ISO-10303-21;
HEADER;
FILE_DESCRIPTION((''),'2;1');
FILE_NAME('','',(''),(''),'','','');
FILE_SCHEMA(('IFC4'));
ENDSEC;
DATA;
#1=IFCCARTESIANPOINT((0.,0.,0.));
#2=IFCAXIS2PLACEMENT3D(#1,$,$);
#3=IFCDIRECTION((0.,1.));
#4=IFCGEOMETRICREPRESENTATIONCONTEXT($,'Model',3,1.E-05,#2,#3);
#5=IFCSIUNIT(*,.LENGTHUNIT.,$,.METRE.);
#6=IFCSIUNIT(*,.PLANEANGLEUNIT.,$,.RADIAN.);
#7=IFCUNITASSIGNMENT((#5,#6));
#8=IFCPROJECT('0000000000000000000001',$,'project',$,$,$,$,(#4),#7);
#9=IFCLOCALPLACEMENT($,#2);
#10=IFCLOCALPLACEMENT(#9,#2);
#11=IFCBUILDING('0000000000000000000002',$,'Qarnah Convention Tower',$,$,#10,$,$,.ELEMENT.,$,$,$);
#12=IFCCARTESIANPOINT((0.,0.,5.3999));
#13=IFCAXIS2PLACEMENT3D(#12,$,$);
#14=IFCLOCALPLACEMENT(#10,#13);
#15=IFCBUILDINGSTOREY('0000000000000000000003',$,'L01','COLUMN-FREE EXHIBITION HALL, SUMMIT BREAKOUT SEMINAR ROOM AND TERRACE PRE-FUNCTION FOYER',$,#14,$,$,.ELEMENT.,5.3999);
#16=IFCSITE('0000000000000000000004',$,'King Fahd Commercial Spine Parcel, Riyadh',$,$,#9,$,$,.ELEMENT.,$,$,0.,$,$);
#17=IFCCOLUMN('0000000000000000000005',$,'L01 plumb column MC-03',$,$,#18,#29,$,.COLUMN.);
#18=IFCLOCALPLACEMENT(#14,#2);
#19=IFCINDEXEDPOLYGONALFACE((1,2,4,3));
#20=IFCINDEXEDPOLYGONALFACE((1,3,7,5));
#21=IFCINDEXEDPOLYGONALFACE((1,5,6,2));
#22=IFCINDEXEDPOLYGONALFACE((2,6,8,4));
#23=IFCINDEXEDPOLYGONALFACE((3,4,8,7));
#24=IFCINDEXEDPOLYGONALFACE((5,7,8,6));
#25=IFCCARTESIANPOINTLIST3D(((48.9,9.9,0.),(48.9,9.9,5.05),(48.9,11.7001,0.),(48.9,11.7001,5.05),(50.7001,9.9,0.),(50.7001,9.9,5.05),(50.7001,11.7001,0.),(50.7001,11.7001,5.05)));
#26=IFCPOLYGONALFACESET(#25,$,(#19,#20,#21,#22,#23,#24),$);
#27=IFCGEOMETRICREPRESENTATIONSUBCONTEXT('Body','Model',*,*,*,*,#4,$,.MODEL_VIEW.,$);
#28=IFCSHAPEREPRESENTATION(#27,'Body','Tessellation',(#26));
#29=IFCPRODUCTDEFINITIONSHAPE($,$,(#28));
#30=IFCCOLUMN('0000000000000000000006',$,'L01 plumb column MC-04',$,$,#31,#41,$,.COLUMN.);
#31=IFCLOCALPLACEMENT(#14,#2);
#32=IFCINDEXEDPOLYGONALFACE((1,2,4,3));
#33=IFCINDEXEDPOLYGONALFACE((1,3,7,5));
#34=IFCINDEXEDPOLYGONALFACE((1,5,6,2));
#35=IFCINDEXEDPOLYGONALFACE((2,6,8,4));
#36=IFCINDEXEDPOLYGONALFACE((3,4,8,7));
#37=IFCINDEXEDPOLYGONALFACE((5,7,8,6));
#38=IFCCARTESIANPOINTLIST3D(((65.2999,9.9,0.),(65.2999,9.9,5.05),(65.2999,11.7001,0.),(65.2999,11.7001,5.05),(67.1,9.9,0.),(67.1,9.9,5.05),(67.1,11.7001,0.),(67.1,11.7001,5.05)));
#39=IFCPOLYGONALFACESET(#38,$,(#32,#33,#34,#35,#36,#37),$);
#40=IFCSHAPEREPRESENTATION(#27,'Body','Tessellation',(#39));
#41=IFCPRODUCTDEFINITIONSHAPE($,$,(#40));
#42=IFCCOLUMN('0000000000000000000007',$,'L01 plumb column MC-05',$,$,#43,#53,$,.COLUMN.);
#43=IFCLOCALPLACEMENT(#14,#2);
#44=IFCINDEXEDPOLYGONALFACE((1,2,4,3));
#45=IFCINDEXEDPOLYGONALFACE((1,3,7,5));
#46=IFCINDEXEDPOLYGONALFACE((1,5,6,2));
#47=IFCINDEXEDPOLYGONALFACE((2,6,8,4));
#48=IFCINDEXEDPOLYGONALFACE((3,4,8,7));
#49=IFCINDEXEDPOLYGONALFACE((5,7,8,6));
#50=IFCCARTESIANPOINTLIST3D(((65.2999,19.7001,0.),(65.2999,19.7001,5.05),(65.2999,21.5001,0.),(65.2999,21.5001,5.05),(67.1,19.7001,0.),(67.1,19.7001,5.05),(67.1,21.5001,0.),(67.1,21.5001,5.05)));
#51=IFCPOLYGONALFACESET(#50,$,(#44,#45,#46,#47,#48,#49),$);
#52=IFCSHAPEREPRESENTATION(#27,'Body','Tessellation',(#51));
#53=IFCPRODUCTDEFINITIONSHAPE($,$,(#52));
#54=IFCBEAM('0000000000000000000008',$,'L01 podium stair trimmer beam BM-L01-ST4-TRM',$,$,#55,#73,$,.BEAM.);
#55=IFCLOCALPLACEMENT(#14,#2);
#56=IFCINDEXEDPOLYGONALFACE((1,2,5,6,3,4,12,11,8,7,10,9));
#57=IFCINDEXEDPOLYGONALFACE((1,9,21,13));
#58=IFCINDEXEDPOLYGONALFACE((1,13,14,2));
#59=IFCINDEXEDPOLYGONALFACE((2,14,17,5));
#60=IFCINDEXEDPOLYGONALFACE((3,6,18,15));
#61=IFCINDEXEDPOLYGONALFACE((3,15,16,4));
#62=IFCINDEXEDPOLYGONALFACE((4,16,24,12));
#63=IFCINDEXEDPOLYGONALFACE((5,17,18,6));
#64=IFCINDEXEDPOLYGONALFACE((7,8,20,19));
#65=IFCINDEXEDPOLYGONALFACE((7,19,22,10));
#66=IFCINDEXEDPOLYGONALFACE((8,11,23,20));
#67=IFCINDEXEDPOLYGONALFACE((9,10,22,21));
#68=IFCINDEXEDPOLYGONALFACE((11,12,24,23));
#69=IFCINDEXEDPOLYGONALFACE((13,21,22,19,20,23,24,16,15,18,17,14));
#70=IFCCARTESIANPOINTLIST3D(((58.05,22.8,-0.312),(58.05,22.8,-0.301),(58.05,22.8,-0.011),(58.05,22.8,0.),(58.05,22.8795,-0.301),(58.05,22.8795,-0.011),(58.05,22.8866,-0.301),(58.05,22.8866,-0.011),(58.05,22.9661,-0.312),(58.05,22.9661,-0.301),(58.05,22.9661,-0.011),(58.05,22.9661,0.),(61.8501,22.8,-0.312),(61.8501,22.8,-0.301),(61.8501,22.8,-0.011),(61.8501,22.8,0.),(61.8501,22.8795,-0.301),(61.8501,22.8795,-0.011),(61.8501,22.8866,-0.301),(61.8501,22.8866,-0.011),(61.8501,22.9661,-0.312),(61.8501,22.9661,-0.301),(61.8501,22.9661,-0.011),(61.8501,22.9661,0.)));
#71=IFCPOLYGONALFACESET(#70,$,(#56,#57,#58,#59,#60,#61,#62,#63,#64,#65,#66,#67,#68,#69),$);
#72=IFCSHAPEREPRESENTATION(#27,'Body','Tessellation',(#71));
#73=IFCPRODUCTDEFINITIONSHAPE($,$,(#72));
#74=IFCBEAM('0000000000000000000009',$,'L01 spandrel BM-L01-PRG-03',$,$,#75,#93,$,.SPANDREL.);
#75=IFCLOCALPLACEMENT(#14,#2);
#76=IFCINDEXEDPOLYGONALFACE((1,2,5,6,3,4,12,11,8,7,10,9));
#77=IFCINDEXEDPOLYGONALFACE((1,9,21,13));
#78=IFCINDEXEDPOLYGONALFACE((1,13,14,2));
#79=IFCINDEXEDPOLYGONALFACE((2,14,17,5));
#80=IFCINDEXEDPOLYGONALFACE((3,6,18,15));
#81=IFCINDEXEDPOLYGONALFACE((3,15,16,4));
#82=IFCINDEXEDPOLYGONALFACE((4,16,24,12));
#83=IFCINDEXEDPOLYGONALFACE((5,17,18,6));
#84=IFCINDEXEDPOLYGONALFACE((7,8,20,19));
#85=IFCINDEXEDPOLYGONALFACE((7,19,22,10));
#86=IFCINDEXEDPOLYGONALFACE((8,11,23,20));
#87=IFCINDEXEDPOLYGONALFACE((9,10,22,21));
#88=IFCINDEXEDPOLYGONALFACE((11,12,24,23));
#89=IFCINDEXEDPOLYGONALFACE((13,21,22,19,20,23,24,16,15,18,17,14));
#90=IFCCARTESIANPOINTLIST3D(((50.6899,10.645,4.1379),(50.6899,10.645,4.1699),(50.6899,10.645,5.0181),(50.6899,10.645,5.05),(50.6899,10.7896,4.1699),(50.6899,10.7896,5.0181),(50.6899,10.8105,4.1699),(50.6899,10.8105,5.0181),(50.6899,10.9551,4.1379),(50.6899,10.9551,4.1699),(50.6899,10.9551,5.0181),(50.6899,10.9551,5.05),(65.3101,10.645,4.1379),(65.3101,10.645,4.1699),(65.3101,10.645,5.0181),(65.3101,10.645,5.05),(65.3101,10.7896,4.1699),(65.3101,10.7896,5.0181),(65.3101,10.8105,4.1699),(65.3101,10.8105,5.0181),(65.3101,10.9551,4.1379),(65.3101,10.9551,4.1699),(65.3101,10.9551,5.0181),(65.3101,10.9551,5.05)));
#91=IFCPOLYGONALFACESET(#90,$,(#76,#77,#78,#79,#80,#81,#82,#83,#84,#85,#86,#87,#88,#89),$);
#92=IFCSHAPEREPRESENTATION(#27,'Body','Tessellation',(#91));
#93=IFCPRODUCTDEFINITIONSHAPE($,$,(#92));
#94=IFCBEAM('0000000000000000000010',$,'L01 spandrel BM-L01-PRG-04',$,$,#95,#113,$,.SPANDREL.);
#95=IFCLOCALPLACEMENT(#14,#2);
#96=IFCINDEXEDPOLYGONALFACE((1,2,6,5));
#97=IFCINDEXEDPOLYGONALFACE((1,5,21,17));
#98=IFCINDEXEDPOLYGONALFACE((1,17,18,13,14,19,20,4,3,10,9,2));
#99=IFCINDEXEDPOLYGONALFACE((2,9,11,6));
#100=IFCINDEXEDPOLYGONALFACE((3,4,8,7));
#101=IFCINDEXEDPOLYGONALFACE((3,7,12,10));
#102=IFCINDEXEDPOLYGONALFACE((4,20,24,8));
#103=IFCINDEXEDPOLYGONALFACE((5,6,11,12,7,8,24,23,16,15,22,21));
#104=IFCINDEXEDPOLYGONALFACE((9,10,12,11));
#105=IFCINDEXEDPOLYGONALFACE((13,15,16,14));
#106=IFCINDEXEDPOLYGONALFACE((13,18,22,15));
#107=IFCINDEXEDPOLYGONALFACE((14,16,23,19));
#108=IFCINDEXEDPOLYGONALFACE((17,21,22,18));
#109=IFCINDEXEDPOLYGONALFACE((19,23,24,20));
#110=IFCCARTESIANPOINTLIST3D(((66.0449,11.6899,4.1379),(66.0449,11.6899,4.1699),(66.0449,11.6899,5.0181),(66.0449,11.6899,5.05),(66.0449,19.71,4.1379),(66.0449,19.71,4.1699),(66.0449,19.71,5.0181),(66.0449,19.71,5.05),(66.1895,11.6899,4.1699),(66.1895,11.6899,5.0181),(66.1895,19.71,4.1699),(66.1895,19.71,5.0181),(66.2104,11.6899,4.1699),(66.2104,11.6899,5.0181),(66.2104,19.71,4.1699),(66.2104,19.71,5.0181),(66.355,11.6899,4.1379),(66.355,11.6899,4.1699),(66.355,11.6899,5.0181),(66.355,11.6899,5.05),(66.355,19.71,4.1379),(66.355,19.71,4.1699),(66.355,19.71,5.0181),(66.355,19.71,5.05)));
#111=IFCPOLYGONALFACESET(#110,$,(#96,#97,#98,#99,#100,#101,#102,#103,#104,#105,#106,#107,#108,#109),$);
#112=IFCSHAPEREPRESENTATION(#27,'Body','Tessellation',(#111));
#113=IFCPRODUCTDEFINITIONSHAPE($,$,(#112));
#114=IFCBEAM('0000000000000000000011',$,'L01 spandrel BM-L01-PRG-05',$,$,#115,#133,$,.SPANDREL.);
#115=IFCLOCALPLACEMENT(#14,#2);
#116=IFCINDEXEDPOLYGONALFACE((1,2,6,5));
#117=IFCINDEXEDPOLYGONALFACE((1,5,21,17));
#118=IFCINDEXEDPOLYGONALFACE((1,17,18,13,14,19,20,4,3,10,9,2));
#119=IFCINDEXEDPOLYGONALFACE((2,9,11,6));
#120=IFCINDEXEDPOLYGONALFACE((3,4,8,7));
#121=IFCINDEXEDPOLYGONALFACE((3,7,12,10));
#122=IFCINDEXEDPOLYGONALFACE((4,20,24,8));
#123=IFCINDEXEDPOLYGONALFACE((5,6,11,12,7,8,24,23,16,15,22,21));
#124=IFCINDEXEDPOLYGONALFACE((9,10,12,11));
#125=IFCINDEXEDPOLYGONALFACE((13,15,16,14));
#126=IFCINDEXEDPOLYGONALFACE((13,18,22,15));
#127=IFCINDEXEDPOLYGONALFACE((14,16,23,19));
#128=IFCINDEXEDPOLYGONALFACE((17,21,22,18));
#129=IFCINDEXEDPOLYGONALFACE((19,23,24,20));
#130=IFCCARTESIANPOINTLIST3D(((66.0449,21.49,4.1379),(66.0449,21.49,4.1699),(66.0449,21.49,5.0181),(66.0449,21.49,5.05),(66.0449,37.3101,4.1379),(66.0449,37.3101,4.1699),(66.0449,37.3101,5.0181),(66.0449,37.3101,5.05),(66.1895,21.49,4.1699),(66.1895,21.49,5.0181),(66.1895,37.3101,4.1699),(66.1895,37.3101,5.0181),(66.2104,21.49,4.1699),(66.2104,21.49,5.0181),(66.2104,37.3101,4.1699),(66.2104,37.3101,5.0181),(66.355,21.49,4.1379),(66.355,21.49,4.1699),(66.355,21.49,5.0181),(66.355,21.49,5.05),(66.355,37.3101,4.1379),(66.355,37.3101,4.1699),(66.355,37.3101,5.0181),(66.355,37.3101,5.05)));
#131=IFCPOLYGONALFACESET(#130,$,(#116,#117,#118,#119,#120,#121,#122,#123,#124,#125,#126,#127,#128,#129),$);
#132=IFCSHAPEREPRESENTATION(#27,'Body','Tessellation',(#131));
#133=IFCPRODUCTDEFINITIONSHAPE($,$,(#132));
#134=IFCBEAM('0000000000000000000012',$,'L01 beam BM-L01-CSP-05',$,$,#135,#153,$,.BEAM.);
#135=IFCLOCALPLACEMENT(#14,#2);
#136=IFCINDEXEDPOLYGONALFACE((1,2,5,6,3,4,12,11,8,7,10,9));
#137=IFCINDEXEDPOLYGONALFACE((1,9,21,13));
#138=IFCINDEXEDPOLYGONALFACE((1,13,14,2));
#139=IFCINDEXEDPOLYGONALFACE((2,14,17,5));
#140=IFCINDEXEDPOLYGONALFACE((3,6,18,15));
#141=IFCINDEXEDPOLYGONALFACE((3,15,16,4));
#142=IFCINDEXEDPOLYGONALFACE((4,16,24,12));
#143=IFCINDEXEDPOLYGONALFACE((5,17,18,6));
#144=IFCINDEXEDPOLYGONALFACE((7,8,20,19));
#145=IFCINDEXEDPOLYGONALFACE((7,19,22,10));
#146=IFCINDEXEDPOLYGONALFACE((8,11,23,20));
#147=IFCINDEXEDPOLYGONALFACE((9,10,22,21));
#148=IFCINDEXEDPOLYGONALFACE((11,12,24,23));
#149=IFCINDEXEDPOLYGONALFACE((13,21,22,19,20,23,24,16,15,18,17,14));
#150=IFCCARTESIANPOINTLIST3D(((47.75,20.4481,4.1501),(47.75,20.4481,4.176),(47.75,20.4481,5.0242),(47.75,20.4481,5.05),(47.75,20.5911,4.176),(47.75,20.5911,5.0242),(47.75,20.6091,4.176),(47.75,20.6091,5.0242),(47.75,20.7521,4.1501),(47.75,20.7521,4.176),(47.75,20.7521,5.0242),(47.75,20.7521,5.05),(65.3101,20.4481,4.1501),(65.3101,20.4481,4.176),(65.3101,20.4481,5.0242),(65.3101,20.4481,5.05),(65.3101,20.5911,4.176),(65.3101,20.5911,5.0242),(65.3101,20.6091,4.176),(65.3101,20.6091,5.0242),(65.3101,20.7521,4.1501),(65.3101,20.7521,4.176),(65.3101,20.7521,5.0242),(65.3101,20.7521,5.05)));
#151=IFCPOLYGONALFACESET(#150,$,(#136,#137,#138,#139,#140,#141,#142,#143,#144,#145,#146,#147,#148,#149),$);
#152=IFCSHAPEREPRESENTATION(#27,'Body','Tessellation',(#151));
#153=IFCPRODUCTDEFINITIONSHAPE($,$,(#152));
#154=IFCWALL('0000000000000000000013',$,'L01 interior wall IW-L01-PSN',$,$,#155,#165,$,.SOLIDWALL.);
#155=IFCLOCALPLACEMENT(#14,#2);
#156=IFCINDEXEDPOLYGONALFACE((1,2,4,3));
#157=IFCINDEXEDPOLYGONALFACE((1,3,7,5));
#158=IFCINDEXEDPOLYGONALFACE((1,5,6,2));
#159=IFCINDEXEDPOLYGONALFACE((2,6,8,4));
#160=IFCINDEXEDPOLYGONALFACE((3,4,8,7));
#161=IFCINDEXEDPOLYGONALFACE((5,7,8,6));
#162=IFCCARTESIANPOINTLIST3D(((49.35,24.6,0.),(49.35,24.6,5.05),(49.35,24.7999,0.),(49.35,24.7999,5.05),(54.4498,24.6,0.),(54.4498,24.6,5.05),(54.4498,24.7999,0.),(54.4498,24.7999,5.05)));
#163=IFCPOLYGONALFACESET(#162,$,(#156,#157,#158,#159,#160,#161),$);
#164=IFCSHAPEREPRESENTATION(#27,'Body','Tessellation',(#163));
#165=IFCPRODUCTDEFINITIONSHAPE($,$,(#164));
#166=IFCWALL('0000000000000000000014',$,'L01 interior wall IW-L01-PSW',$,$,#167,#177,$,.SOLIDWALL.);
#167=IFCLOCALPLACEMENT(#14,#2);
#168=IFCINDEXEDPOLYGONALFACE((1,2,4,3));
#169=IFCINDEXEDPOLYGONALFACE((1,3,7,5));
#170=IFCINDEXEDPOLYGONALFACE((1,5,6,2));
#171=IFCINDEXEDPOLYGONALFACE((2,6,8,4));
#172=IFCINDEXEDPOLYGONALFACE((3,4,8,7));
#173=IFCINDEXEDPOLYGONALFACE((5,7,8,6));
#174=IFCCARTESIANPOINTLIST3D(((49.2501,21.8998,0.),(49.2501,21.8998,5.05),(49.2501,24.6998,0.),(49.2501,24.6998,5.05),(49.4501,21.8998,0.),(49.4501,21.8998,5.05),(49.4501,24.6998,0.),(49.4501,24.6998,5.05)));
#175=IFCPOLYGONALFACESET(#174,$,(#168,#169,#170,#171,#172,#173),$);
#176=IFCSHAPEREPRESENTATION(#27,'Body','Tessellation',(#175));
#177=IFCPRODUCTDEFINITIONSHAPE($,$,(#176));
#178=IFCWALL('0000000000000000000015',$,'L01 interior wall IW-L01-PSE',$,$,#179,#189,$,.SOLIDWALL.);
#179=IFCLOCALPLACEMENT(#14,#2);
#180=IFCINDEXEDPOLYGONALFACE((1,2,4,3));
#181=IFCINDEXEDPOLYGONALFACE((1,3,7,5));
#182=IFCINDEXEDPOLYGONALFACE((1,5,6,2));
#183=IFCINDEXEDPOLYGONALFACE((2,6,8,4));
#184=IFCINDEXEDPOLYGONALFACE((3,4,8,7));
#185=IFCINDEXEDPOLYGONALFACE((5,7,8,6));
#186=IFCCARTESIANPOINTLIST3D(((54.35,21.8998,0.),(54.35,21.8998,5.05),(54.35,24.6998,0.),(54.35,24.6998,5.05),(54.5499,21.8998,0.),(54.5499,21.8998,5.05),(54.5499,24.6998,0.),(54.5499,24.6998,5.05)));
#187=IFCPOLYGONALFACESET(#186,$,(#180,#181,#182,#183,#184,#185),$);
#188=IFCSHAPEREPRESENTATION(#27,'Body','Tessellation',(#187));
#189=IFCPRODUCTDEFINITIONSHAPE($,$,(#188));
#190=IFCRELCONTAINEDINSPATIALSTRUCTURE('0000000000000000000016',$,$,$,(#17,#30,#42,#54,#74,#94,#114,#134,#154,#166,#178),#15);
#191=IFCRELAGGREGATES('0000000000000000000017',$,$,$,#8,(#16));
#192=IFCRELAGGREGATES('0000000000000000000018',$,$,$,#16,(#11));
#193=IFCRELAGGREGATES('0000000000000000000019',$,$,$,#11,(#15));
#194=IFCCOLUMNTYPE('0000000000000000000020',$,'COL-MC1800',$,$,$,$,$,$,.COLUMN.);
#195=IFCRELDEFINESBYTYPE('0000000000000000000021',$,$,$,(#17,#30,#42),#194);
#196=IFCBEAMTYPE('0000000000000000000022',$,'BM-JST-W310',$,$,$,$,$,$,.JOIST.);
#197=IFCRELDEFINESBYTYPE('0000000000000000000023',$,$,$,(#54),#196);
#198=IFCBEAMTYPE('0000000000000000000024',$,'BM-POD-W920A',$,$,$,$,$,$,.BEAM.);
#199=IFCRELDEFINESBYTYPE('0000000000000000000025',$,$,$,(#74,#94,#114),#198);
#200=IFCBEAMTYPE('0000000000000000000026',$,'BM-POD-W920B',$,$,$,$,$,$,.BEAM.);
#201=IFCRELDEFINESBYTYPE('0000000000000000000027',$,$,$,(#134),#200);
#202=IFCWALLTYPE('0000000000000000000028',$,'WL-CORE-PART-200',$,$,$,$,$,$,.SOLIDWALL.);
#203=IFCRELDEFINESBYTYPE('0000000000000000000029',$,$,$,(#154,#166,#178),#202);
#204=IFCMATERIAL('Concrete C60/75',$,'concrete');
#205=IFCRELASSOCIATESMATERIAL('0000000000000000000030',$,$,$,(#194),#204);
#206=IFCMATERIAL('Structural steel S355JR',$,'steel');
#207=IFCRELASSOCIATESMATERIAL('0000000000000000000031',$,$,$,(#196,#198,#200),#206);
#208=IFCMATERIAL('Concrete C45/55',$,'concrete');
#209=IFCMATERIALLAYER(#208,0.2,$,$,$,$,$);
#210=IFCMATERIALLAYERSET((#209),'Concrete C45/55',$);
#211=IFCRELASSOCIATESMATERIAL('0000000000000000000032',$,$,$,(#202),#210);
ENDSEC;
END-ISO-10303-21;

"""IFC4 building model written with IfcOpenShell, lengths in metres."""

from ifc_helpers import new_model, si_unit, direction, frame, frame_2d, origin, origin_2d, place, context, subcontext, project, spatial, rectangle, i_section, extrude, material, layer, layer_set, material_profile, profile_set, type_object, element, save


model = new_model("IFC4")

# Units and contexts
model_context = context("Model", 3, precision=1e-05, world=origin(), true_north=direction((0.0, 1.0)))
body_context = subcontext(model_context, "Body", "Model", "MODEL_VIEW")
ifc_project = project(units=[si_unit("LENGTHUNIT", "METRE"), si_unit("PLANEANGLEUNIT", "RADIAN")], contexts=[model_context])

# Site, building, storey
site_placement = place(None, origin())
site = spatial("IfcSite", under=ifc_project, at=site_placement, Name="King Fahd Commercial Spine Parcel, Riyadh", CompositionType="ELEMENT", RefElevation=0.0)
building_placement = place(site_placement, origin())
building = spatial("IfcBuilding", under=site, at=building_placement, Name="Qarnah Convention Tower", CompositionType="ELEMENT")
storey_placement = place(building_placement, frame((0.0, 0.0, 5.3999)))
storey = spatial("IfcBuildingStorey", under=building, at=storey_placement, Name="L01", Description="COLUMN-FREE EXHIBITION HALL, SUMMIT BREAKOUT SEMINAR ROOM AND TERRACE PRE-FUNCTION FOYER", CompositionType="ELEMENT", Elevation=5.3999)

# Columns
ifc_material_1 = material(Name="Concrete C60/75", Category="concrete")
ifc_material_profile_1 = material_profile(ifc_material_1, rectangle(XDim=1.8, YDim=1.8, at=origin_2d()), Name="RC-COL-1800X1800")
ifc_profile_set_1 = profile_set([ifc_material_profile_1], Name="Concrete C60/75")
column_type = type_object("IfcColumnType", Name="COL-MC1800", PredefinedType="COLUMN", material=ifc_profile_set_1)
for number, where, z_axis, x_axis, name in (
    (1, (49.8, 10.8, 0.0), (0.0, 0.0, 1.0), (1.0, 0.0, 0.0), "L01 plumb column MC-03"),
    (2, (66.2, 10.8, 0.0), (0.0, 0.0, 1.0), (1.0, 0.0, 0.0), "L01 plumb column MC-04"),
    (3, (66.2, 20.6001, 0.0), (0.0, 0.0, 1.0), (1.0, 0.0, 0.0), "L01 plumb column MC-05"),
):
    element("IfcColumn", number, at=place(storey_placement, frame(where, z_axis=z_axis, x_axis=x_axis)), inside=storey, type_object=column_type, Name=name, PredefinedType="COLUMN", context=body_context, shape_type="SweptSolid", body=[
        extrude(rectangle(XDim=1.8, YDim=1.8, at=origin_2d()), origin(), (0.0, 0.0, 1.0), 5.05),
    ])

# Beams
ifc_material_2 = material(Name="Structural steel S355JR", Category="steel")
ifc_material_profile_2 = material_profile(ifc_material_2, i_section(OverallWidth=0.166, OverallDepth=0.312, WebThickness=0.0071, FlangeThickness=0.011, at=origin_2d()), Name="W310X45")
ifc_profile_set_2 = profile_set([ifc_material_profile_2], Name="Structural steel S355JR")
beam_type_1 = type_object("IfcBeamType", Name="BM-JST-W310", PredefinedType="JOIST", material=ifc_profile_set_2)
beam_1_placement = place(storey_placement, frame((58.05, 22.8831, -0.156), z_axis=(1.0, 0.0, 0.0), x_axis=(0.0, 1.0, 0.0)))
element("IfcBeam", 4, at=beam_1_placement, inside=storey, type_object=beam_type_1, Name="L01 podium stair trimmer beam BM-L01-ST4-TRM", PredefinedType="BEAM", context=body_context, shape_type="SweptSolid", body=[
    extrude(i_section(OverallWidth=0.166, OverallDepth=0.312, WebThickness=0.0071, FlangeThickness=0.011, at=origin_2d()), origin(), (0.0, 0.0, 1.0), 3.8),
])
ifc_material_profile_3 = material_profile(ifc_material_2, i_section(OverallWidth=0.3101, OverallDepth=0.9121, WebThickness=0.021, FlangeThickness=0.032, at=origin_2d()), Name="W920X342")
ifc_profile_set_3 = profile_set([ifc_material_profile_3], Name="Structural steel S355JR")
beam_type_2 = type_object("IfcBeamType", Name="BM-POD-W920A", PredefinedType="BEAM", material=ifc_profile_set_3)
beam_2_placement = place(storey_placement, frame((50.6899, 10.8, 4.594), z_axis=(1.0, 0.0, 0.0), x_axis=(0.0, 1.0, 0.0)))
element("IfcBeam", 5, at=beam_2_placement, inside=storey, type_object=beam_type_2, Name="L01 spandrel BM-L01-PRG-03", PredefinedType="SPANDREL", context=body_context, shape_type="SweptSolid", body=[
    extrude(i_section(OverallWidth=0.3101, OverallDepth=0.9121, WebThickness=0.021, FlangeThickness=0.032, at=origin_2d()), origin(), (0.0, 0.0, 1.0), 14.6201),
])
beam_3_placement = place(storey_placement, frame((66.2, 11.6899, 4.594), z_axis=(0.0, 1.0, 0.0), x_axis=(-1.0, 0.0, 0.0)))
element("IfcBeam", 6, at=beam_3_placement, inside=storey, type_object=beam_type_2, Name="L01 spandrel BM-L01-PRG-04", PredefinedType="SPANDREL", context=body_context, shape_type="SweptSolid", body=[
    extrude(i_section(OverallWidth=0.3101, OverallDepth=0.9121, WebThickness=0.021, FlangeThickness=0.032, at=origin_2d()), origin(), (0.0, 0.0, 1.0), 8.02),
])
beam_4_placement = place(storey_placement, frame((66.2, 21.49, 4.594), z_axis=(0.0, 1.0, 0.0), x_axis=(-1.0, 0.0, 0.0)))
element("IfcBeam", 7, at=beam_4_placement, inside=storey, type_object=beam_type_2, Name="L01 spandrel BM-L01-PRG-05", PredefinedType="SPANDREL", context=body_context, shape_type="SweptSolid", body=[
    extrude(i_section(OverallWidth=0.3101, OverallDepth=0.9121, WebThickness=0.021, FlangeThickness=0.032, at=origin_2d()), origin(), (0.0, 0.0, 1.0), 15.8201),
])
ifc_material_profile_4 = material_profile(ifc_material_2, i_section(OverallWidth=0.304, OverallDepth=0.8999, WebThickness=0.0181, FlangeThickness=0.0259, at=origin_2d()), Name="W920X271")
ifc_profile_set_4 = profile_set([ifc_material_profile_4], Name="Structural steel S355JR")
beam_type_3 = type_object("IfcBeamType", Name="BM-POD-W920B", PredefinedType="BEAM", material=ifc_profile_set_4)
beam_5_placement = place(storey_placement, frame((65.3101, 20.6001, 4.6001), z_axis=(-1.0, 0.0, 0.0), x_axis=(0.0, -1.0, 0.0)))
element("IfcBeam", 8, at=beam_5_placement, inside=storey, type_object=beam_type_3, Name="L01 beam BM-L01-CSP-05", PredefinedType="BEAM", context=body_context, shape_type="SweptSolid", body=[
    extrude(i_section(OverallWidth=0.304, OverallDepth=0.8999, WebThickness=0.0181, FlangeThickness=0.0259, at=origin_2d()), origin(), (0.0, 0.0, 1.0), 17.5601),
])

# Walls
ifc_material_3 = material(Name="Concrete C45/55", Category="concrete")
ifc_layer_1 = layer(ifc_material_3, 0.2)
ifc_layer_set_1 = layer_set([ifc_layer_1], Name="Concrete C45/55")
wall_type_1 = type_object("IfcWallType", Name="WL-CORE-PART-200", PredefinedType="SOLIDWALL", material=ifc_layer_set_1)
wall_1_placement = place(storey_placement, frame((49.3501, 24.7, 0.0), z_axis=(0.0, 0.0, 1.0), x_axis=(1.0, 0.0, 0.0)))
element("IfcWall", 9, at=wall_1_placement, inside=storey, type_object=wall_type_1, Name="L01 interior wall IW-L01-PSN", PredefinedType="SOLIDWALL", context=body_context, shape_type="SweptSolid", body=[
    extrude(rectangle(XDim=5.0999, YDim=0.2, at=frame_2d((2.5498, 0.0))), origin(), (0.0, 0.0, 1.0), 5.05),
])
for number, where, z_axis, x_axis, name in (
    (10, (49.3501, 21.8999, 0.0), (0.0, 0.0, 1.0), (0.0, 1.0, 0.0), "L01 interior wall IW-L01-PSW"),
    (11, (54.45, 21.8999, 0.0), (0.0, 0.0, 1.0), (0.0, 1.0, 0.0), "L01 interior wall IW-L01-PSE"),
):
    element("IfcWall", number, at=place(storey_placement, frame(where, z_axis=z_axis, x_axis=x_axis)), inside=storey, type_object=wall_type_1, Name=name, PredefinedType="SOLIDWALL", context=body_context, shape_type="SweptSolid", body=[
        extrude(rectangle(XDim=2.8, YDim=0.2, at=frame_2d((1.3999, 0.0))), origin(), (0.0, 0.0, 1.0), 5.05),
    ])

save(model, "model.ifc")
